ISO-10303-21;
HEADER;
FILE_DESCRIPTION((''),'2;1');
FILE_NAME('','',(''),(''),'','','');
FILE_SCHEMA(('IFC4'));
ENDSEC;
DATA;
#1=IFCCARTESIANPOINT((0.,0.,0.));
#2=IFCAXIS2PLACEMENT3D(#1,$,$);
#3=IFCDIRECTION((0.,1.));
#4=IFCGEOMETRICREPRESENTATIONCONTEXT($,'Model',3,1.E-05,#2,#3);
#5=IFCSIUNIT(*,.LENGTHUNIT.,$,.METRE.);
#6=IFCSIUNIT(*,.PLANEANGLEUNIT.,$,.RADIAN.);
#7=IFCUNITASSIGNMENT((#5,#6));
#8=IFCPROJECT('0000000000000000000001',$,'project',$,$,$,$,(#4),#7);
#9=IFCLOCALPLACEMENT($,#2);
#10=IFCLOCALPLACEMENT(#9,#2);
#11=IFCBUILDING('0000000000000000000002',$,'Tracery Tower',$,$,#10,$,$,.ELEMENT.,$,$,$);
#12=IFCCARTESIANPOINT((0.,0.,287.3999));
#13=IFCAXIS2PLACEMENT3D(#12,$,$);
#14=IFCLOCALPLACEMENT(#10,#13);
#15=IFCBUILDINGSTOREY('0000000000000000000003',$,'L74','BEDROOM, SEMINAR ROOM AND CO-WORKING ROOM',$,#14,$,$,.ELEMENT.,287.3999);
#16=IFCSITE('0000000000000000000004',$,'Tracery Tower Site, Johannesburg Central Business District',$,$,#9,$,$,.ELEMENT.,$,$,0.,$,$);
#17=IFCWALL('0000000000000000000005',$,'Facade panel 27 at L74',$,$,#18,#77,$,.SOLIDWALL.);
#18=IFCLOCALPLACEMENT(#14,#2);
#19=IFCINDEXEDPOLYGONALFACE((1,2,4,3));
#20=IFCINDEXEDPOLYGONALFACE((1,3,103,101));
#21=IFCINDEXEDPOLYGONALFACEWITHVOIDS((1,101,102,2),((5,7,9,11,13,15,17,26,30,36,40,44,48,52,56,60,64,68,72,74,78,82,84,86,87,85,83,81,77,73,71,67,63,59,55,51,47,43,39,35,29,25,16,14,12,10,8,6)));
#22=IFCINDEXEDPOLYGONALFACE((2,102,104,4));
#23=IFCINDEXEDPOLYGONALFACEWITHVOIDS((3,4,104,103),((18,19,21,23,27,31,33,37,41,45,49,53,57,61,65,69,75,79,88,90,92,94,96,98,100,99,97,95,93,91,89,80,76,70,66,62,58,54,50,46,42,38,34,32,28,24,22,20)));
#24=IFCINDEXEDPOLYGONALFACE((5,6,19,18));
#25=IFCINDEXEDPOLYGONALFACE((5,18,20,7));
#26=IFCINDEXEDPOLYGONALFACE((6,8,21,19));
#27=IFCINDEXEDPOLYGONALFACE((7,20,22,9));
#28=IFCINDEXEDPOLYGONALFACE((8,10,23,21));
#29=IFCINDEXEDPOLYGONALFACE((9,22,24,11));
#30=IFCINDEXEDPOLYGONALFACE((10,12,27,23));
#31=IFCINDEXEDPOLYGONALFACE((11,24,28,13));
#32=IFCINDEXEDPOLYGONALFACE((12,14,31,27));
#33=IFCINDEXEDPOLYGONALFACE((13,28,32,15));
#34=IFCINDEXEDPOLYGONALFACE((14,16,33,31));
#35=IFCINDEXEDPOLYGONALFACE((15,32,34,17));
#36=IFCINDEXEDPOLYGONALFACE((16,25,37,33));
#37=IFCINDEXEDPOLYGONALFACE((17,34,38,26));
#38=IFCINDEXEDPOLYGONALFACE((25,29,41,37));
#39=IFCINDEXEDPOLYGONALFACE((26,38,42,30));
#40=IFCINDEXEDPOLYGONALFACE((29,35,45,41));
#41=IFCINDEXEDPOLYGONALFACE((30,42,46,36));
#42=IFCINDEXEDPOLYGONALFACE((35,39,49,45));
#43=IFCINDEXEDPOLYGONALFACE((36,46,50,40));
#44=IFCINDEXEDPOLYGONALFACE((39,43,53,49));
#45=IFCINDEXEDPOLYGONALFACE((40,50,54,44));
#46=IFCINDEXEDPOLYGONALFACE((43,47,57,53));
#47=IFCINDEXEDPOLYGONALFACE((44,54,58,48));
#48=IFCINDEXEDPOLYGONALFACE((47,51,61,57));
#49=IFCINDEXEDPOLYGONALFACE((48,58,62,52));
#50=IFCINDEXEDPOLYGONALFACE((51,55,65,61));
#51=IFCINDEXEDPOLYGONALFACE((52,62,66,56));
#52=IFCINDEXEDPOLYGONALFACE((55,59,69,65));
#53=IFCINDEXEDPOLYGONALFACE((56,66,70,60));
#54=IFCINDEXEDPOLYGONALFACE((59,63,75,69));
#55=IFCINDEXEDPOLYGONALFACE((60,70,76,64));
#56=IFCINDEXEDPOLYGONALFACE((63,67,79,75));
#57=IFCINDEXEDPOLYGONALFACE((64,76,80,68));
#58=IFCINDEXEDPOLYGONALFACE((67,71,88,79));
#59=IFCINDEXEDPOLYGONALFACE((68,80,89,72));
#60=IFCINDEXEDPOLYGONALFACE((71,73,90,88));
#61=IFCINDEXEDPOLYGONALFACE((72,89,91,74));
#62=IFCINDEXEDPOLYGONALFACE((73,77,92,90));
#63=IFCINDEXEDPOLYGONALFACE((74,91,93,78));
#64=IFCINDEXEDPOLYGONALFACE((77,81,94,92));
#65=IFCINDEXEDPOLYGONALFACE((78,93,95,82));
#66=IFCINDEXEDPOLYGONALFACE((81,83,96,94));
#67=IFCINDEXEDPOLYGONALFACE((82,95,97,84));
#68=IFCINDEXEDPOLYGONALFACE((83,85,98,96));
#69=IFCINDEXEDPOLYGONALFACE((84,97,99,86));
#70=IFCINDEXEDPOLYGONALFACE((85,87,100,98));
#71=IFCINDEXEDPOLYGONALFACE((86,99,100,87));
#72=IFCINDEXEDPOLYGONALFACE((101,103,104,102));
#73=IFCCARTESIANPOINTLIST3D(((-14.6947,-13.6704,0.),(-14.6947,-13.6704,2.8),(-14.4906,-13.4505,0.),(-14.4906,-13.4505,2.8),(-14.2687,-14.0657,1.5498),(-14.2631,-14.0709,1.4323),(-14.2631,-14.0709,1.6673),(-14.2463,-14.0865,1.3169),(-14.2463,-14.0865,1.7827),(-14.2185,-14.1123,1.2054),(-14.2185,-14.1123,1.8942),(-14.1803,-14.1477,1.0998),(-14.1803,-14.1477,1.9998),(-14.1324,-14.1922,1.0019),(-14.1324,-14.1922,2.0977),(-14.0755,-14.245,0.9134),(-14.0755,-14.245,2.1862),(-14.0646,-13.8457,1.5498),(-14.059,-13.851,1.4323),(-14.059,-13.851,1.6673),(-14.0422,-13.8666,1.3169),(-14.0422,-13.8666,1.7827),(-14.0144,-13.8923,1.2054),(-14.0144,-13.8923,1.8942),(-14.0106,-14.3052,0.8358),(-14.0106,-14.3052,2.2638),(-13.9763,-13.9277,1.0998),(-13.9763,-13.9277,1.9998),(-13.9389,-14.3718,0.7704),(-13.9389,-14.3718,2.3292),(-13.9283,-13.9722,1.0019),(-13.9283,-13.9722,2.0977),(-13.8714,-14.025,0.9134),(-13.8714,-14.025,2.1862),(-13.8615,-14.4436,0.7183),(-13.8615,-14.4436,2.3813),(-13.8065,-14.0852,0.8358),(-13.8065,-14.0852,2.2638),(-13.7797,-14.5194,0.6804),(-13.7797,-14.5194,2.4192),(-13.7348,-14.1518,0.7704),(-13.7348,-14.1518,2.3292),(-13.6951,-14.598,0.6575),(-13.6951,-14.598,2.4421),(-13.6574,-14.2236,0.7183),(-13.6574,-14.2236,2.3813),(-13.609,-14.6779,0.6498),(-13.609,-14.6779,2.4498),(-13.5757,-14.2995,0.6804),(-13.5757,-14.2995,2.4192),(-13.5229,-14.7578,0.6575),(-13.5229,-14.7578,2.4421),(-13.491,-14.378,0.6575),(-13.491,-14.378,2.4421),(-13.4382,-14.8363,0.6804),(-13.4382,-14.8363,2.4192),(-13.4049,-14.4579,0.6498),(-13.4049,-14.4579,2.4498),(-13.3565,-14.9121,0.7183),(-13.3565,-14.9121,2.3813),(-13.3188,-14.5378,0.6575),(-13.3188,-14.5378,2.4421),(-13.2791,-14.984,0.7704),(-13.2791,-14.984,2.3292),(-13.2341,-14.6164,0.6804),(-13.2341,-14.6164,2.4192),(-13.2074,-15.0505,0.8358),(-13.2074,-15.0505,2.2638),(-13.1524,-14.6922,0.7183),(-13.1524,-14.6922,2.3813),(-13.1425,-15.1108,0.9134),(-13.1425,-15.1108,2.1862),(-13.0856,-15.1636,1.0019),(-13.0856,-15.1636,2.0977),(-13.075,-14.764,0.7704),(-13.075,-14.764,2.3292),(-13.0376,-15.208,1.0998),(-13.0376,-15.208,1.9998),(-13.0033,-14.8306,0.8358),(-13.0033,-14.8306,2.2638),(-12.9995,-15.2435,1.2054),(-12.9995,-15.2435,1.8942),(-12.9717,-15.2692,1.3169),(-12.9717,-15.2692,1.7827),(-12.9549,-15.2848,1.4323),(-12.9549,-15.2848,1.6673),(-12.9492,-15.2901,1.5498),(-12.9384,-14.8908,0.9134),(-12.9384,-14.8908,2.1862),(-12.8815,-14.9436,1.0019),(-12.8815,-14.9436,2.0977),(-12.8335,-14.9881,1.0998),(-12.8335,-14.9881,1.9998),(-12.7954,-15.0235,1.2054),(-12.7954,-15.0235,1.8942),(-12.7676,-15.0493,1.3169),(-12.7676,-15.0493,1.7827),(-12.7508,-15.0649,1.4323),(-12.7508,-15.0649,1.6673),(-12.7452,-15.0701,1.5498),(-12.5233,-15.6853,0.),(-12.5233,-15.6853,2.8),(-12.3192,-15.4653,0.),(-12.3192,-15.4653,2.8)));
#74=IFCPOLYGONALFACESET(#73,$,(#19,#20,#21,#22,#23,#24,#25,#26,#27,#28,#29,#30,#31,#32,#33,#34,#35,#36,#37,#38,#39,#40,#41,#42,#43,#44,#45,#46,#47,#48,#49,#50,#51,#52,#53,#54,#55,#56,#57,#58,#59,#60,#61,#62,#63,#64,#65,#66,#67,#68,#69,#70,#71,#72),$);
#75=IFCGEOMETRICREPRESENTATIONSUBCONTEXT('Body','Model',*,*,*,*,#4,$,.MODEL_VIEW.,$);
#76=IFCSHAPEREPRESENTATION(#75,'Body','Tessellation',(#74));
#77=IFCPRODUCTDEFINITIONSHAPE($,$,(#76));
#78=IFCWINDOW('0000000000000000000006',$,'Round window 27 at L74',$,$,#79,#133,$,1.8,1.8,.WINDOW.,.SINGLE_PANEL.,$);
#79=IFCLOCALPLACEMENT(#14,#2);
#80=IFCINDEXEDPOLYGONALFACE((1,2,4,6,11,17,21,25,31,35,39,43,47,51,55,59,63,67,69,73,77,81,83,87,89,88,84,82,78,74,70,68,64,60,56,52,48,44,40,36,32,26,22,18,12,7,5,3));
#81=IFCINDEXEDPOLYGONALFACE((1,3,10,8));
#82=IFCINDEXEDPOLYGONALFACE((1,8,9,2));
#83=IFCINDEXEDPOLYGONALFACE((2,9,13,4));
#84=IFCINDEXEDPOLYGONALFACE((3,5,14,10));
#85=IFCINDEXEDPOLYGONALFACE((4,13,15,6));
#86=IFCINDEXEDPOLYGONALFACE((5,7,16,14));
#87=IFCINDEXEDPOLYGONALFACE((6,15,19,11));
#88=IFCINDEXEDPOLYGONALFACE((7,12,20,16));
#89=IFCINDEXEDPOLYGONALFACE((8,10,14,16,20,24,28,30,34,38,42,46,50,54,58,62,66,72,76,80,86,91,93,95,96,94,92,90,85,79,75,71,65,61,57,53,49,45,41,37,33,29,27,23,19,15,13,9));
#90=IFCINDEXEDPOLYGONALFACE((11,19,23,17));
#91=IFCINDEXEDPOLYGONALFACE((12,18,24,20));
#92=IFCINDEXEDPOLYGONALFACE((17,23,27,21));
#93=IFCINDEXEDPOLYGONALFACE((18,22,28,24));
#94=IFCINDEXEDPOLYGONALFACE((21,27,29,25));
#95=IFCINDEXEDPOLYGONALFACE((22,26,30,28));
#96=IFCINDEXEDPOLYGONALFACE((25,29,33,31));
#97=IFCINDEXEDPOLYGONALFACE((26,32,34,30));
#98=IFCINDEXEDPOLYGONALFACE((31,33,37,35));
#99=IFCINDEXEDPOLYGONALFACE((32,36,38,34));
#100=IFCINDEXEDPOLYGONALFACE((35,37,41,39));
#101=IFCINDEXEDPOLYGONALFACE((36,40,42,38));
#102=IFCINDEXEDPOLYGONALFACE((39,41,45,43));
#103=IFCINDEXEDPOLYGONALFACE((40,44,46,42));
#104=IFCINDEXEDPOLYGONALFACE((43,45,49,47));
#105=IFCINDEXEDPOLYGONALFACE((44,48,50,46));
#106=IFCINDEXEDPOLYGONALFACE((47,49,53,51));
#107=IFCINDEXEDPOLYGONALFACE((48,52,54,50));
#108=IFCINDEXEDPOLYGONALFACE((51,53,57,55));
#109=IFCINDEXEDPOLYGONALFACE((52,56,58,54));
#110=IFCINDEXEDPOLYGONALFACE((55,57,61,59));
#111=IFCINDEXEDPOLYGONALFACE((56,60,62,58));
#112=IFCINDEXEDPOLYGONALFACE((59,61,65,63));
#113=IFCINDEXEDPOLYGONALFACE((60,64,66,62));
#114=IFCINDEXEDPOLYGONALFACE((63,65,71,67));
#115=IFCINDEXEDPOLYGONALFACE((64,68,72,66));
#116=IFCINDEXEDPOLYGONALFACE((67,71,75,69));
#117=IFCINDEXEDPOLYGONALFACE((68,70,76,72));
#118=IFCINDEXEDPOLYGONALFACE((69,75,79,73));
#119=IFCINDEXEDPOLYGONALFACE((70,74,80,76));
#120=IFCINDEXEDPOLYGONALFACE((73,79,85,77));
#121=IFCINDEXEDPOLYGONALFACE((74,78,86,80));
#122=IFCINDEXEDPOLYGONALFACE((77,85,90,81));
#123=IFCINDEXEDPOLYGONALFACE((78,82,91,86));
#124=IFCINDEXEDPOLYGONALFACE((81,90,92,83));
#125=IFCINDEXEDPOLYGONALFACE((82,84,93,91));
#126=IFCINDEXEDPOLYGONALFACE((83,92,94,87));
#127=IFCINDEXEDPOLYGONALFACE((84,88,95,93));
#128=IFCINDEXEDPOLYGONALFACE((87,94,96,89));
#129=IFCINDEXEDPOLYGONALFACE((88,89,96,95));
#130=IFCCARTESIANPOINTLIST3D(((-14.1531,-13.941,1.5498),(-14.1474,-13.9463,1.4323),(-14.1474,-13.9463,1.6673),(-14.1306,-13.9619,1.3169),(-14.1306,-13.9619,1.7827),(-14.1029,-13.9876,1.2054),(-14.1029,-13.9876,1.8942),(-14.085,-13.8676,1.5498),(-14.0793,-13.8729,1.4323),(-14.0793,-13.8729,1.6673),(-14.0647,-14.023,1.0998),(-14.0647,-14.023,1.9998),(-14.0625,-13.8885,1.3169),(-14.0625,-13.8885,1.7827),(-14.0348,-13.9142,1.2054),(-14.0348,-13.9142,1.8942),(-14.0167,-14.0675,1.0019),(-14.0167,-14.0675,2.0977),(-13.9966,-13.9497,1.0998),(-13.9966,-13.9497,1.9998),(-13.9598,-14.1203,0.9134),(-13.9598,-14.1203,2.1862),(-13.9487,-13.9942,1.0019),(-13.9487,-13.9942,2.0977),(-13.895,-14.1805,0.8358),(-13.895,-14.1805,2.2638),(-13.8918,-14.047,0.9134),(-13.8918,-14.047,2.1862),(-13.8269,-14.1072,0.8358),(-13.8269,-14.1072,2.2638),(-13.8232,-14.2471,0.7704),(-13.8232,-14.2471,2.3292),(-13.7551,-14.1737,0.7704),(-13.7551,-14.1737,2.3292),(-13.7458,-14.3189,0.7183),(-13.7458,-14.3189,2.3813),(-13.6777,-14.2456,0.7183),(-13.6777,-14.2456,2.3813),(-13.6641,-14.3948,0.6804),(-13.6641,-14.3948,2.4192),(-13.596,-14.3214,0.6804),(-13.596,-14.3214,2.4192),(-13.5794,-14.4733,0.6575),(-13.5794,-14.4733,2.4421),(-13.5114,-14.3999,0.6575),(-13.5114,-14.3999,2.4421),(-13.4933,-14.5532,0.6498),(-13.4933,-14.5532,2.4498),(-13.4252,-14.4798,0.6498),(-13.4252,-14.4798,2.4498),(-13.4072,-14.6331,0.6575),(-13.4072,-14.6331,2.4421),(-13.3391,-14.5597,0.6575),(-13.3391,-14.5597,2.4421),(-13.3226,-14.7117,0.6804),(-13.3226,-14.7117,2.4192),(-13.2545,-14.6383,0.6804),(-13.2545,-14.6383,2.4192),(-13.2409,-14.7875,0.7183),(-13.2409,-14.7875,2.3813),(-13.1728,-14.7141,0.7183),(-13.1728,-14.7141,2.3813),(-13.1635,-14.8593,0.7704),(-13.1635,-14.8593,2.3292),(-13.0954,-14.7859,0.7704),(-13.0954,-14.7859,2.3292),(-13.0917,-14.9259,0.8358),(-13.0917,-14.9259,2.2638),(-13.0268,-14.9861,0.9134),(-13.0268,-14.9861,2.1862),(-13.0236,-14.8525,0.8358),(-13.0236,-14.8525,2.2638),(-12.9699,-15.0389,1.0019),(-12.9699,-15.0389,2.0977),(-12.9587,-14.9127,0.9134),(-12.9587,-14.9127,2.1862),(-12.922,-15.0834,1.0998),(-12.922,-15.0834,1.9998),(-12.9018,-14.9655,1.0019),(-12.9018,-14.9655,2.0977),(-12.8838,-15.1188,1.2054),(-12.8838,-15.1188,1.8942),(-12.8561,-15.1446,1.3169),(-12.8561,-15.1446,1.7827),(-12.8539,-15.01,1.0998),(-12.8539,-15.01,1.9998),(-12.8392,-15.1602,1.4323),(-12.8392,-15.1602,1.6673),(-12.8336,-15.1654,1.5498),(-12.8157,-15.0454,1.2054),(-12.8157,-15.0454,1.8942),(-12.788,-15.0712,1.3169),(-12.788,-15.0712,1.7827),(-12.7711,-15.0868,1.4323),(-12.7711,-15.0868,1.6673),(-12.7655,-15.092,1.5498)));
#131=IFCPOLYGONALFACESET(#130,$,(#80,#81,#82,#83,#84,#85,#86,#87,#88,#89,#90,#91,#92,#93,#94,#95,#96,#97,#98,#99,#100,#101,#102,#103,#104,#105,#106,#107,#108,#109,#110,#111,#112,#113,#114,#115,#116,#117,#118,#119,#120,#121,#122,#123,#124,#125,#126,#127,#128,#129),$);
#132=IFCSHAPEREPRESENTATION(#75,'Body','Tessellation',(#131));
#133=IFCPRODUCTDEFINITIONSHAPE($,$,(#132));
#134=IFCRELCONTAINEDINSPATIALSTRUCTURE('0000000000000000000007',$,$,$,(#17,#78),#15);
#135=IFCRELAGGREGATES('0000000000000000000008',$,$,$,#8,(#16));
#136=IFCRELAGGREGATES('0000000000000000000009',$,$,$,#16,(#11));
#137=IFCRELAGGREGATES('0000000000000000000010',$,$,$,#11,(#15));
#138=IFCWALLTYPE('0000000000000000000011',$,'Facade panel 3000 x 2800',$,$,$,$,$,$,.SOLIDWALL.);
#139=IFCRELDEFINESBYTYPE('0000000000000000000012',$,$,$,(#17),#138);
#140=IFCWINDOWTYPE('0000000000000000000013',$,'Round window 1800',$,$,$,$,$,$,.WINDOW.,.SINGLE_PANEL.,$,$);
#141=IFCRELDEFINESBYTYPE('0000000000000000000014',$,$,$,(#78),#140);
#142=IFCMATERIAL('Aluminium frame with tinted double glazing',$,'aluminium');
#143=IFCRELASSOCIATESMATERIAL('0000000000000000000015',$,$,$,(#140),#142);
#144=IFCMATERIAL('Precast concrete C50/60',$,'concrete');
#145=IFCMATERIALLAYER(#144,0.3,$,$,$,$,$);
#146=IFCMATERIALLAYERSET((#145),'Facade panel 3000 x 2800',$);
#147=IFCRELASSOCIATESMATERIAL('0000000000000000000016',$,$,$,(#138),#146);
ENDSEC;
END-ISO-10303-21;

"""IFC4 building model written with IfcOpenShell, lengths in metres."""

from ifc_helpers import new_model, si_unit, direction, frame, frame_2d, origin, origin_2d, place, context, subcontext, project, spatial, rectangle, circle, extrude, material, layer, layer_set, type_object, element, fill, save


model = new_model("IFC4")

# Units and contexts
model_context = context("Model", 3, precision=1e-05, world=origin(), true_north=direction((0.0, 1.0)))
body_context = subcontext(model_context, "Body", "Model", "MODEL_VIEW")
ifc_project = project(units=[si_unit("LENGTHUNIT", "METRE"), si_unit("PLANEANGLEUNIT", "RADIAN")], contexts=[model_context])

# Site, building, storey
site_placement = place(None, origin())
site = spatial("IfcSite", under=ifc_project, at=site_placement, Name="Tracery Tower Site, Johannesburg Central Business District", CompositionType="ELEMENT", RefElevation=0.0)
building_placement = place(site_placement, origin())
building = spatial("IfcBuilding", under=site, at=building_placement, Name="Tracery Tower", CompositionType="ELEMENT")
storey_placement = place(building_placement, frame((0.0, 0.0, 287.3999)))
storey = spatial("IfcBuildingStorey", under=building, at=storey_placement, Name="L74", Description="BEDROOM, SEMINAR ROOM AND CO-WORKING ROOM", CompositionType="ELEMENT", Elevation=287.3999)

# Wall, opening, window
ifc_material_1 = material(Name="Aluminium frame with tinted double glazing", Category="aluminium")
window_type = type_object("IfcWindowType", Name="Round window 1800", PartitioningType="SINGLE_PANEL", PredefinedType="WINDOW", material=ifc_material_1)
ifc_material_2 = material(Name="Precast concrete C50/60", Category="concrete")
ifc_layer_1 = layer(ifc_material_2, 0.3)
ifc_layer_set_1 = layer_set([ifc_layer_1], Name="Facade panel 3000 x 2800")
wall_type_1 = type_object("IfcWallType", Name="Facade panel 3000 x 2800", PredefinedType="SOLIDWALL", material=ifc_layer_set_1)
wall_1_placement = place(storey_placement, frame((-14.5925, -13.5605, 0.0), z_axis=(0.0, 0.0, 1.0), x_axis=(0.733028, -0.680198, 0.0)))
wall_1 = element("IfcWall", 1, at=wall_1_placement, inside=storey, type_object=wall_type_1, Name="Facade panel 27 at L74", PredefinedType="SOLIDWALL", context=body_context, shape_type="SweptSolid", body=[
    extrude(rectangle(XDim=2.9622, YDim=0.3, at=frame_2d((1.481, 0.0))), origin(), (0.0, 0.0, 1.0), 2.8),
])
opening_1_placement = place(wall_1_placement, frame((1.481, 0.0, 1.5498)))
opening_1 = element("IfcOpeningElement", 2, at=opening_1_placement, cuts=wall_1, PredefinedType="OPENING", context=body_context, shape_type="SweptSolid", body=[
    extrude(circle(Radius=0.9, at=origin_2d()), frame((0.0, 0.1599, 0.0), z_axis=(0.0, -1.0, 0.0), x_axis=(1.0, 0.0, 0.0)), (0.0, 0.0, 1.0), 0.3201),
])
window_1_placement = place(opening_1_placement, origin())
window_1 = element("IfcWindow", 3, at=window_1_placement, inside=storey, type_object=window_type, Name="Round window 27 at L74", OverallHeight=1.8, OverallWidth=1.8, PartitioningType="SINGLE_PANEL", PredefinedType="WINDOW", context=body_context, shape_type="SweptSolid", body=[
    extrude(circle(Radius=0.9, at=origin_2d()), frame((0.0, 0.1201, 0.0), z_axis=(0.0, -1.0, 0.0), x_axis=(1.0, 0.0, 0.0)), (0.0, 0.0, 1.0), 0.1001),
])
fill(opening_1, window_1)

save(model, "model.ifc")
